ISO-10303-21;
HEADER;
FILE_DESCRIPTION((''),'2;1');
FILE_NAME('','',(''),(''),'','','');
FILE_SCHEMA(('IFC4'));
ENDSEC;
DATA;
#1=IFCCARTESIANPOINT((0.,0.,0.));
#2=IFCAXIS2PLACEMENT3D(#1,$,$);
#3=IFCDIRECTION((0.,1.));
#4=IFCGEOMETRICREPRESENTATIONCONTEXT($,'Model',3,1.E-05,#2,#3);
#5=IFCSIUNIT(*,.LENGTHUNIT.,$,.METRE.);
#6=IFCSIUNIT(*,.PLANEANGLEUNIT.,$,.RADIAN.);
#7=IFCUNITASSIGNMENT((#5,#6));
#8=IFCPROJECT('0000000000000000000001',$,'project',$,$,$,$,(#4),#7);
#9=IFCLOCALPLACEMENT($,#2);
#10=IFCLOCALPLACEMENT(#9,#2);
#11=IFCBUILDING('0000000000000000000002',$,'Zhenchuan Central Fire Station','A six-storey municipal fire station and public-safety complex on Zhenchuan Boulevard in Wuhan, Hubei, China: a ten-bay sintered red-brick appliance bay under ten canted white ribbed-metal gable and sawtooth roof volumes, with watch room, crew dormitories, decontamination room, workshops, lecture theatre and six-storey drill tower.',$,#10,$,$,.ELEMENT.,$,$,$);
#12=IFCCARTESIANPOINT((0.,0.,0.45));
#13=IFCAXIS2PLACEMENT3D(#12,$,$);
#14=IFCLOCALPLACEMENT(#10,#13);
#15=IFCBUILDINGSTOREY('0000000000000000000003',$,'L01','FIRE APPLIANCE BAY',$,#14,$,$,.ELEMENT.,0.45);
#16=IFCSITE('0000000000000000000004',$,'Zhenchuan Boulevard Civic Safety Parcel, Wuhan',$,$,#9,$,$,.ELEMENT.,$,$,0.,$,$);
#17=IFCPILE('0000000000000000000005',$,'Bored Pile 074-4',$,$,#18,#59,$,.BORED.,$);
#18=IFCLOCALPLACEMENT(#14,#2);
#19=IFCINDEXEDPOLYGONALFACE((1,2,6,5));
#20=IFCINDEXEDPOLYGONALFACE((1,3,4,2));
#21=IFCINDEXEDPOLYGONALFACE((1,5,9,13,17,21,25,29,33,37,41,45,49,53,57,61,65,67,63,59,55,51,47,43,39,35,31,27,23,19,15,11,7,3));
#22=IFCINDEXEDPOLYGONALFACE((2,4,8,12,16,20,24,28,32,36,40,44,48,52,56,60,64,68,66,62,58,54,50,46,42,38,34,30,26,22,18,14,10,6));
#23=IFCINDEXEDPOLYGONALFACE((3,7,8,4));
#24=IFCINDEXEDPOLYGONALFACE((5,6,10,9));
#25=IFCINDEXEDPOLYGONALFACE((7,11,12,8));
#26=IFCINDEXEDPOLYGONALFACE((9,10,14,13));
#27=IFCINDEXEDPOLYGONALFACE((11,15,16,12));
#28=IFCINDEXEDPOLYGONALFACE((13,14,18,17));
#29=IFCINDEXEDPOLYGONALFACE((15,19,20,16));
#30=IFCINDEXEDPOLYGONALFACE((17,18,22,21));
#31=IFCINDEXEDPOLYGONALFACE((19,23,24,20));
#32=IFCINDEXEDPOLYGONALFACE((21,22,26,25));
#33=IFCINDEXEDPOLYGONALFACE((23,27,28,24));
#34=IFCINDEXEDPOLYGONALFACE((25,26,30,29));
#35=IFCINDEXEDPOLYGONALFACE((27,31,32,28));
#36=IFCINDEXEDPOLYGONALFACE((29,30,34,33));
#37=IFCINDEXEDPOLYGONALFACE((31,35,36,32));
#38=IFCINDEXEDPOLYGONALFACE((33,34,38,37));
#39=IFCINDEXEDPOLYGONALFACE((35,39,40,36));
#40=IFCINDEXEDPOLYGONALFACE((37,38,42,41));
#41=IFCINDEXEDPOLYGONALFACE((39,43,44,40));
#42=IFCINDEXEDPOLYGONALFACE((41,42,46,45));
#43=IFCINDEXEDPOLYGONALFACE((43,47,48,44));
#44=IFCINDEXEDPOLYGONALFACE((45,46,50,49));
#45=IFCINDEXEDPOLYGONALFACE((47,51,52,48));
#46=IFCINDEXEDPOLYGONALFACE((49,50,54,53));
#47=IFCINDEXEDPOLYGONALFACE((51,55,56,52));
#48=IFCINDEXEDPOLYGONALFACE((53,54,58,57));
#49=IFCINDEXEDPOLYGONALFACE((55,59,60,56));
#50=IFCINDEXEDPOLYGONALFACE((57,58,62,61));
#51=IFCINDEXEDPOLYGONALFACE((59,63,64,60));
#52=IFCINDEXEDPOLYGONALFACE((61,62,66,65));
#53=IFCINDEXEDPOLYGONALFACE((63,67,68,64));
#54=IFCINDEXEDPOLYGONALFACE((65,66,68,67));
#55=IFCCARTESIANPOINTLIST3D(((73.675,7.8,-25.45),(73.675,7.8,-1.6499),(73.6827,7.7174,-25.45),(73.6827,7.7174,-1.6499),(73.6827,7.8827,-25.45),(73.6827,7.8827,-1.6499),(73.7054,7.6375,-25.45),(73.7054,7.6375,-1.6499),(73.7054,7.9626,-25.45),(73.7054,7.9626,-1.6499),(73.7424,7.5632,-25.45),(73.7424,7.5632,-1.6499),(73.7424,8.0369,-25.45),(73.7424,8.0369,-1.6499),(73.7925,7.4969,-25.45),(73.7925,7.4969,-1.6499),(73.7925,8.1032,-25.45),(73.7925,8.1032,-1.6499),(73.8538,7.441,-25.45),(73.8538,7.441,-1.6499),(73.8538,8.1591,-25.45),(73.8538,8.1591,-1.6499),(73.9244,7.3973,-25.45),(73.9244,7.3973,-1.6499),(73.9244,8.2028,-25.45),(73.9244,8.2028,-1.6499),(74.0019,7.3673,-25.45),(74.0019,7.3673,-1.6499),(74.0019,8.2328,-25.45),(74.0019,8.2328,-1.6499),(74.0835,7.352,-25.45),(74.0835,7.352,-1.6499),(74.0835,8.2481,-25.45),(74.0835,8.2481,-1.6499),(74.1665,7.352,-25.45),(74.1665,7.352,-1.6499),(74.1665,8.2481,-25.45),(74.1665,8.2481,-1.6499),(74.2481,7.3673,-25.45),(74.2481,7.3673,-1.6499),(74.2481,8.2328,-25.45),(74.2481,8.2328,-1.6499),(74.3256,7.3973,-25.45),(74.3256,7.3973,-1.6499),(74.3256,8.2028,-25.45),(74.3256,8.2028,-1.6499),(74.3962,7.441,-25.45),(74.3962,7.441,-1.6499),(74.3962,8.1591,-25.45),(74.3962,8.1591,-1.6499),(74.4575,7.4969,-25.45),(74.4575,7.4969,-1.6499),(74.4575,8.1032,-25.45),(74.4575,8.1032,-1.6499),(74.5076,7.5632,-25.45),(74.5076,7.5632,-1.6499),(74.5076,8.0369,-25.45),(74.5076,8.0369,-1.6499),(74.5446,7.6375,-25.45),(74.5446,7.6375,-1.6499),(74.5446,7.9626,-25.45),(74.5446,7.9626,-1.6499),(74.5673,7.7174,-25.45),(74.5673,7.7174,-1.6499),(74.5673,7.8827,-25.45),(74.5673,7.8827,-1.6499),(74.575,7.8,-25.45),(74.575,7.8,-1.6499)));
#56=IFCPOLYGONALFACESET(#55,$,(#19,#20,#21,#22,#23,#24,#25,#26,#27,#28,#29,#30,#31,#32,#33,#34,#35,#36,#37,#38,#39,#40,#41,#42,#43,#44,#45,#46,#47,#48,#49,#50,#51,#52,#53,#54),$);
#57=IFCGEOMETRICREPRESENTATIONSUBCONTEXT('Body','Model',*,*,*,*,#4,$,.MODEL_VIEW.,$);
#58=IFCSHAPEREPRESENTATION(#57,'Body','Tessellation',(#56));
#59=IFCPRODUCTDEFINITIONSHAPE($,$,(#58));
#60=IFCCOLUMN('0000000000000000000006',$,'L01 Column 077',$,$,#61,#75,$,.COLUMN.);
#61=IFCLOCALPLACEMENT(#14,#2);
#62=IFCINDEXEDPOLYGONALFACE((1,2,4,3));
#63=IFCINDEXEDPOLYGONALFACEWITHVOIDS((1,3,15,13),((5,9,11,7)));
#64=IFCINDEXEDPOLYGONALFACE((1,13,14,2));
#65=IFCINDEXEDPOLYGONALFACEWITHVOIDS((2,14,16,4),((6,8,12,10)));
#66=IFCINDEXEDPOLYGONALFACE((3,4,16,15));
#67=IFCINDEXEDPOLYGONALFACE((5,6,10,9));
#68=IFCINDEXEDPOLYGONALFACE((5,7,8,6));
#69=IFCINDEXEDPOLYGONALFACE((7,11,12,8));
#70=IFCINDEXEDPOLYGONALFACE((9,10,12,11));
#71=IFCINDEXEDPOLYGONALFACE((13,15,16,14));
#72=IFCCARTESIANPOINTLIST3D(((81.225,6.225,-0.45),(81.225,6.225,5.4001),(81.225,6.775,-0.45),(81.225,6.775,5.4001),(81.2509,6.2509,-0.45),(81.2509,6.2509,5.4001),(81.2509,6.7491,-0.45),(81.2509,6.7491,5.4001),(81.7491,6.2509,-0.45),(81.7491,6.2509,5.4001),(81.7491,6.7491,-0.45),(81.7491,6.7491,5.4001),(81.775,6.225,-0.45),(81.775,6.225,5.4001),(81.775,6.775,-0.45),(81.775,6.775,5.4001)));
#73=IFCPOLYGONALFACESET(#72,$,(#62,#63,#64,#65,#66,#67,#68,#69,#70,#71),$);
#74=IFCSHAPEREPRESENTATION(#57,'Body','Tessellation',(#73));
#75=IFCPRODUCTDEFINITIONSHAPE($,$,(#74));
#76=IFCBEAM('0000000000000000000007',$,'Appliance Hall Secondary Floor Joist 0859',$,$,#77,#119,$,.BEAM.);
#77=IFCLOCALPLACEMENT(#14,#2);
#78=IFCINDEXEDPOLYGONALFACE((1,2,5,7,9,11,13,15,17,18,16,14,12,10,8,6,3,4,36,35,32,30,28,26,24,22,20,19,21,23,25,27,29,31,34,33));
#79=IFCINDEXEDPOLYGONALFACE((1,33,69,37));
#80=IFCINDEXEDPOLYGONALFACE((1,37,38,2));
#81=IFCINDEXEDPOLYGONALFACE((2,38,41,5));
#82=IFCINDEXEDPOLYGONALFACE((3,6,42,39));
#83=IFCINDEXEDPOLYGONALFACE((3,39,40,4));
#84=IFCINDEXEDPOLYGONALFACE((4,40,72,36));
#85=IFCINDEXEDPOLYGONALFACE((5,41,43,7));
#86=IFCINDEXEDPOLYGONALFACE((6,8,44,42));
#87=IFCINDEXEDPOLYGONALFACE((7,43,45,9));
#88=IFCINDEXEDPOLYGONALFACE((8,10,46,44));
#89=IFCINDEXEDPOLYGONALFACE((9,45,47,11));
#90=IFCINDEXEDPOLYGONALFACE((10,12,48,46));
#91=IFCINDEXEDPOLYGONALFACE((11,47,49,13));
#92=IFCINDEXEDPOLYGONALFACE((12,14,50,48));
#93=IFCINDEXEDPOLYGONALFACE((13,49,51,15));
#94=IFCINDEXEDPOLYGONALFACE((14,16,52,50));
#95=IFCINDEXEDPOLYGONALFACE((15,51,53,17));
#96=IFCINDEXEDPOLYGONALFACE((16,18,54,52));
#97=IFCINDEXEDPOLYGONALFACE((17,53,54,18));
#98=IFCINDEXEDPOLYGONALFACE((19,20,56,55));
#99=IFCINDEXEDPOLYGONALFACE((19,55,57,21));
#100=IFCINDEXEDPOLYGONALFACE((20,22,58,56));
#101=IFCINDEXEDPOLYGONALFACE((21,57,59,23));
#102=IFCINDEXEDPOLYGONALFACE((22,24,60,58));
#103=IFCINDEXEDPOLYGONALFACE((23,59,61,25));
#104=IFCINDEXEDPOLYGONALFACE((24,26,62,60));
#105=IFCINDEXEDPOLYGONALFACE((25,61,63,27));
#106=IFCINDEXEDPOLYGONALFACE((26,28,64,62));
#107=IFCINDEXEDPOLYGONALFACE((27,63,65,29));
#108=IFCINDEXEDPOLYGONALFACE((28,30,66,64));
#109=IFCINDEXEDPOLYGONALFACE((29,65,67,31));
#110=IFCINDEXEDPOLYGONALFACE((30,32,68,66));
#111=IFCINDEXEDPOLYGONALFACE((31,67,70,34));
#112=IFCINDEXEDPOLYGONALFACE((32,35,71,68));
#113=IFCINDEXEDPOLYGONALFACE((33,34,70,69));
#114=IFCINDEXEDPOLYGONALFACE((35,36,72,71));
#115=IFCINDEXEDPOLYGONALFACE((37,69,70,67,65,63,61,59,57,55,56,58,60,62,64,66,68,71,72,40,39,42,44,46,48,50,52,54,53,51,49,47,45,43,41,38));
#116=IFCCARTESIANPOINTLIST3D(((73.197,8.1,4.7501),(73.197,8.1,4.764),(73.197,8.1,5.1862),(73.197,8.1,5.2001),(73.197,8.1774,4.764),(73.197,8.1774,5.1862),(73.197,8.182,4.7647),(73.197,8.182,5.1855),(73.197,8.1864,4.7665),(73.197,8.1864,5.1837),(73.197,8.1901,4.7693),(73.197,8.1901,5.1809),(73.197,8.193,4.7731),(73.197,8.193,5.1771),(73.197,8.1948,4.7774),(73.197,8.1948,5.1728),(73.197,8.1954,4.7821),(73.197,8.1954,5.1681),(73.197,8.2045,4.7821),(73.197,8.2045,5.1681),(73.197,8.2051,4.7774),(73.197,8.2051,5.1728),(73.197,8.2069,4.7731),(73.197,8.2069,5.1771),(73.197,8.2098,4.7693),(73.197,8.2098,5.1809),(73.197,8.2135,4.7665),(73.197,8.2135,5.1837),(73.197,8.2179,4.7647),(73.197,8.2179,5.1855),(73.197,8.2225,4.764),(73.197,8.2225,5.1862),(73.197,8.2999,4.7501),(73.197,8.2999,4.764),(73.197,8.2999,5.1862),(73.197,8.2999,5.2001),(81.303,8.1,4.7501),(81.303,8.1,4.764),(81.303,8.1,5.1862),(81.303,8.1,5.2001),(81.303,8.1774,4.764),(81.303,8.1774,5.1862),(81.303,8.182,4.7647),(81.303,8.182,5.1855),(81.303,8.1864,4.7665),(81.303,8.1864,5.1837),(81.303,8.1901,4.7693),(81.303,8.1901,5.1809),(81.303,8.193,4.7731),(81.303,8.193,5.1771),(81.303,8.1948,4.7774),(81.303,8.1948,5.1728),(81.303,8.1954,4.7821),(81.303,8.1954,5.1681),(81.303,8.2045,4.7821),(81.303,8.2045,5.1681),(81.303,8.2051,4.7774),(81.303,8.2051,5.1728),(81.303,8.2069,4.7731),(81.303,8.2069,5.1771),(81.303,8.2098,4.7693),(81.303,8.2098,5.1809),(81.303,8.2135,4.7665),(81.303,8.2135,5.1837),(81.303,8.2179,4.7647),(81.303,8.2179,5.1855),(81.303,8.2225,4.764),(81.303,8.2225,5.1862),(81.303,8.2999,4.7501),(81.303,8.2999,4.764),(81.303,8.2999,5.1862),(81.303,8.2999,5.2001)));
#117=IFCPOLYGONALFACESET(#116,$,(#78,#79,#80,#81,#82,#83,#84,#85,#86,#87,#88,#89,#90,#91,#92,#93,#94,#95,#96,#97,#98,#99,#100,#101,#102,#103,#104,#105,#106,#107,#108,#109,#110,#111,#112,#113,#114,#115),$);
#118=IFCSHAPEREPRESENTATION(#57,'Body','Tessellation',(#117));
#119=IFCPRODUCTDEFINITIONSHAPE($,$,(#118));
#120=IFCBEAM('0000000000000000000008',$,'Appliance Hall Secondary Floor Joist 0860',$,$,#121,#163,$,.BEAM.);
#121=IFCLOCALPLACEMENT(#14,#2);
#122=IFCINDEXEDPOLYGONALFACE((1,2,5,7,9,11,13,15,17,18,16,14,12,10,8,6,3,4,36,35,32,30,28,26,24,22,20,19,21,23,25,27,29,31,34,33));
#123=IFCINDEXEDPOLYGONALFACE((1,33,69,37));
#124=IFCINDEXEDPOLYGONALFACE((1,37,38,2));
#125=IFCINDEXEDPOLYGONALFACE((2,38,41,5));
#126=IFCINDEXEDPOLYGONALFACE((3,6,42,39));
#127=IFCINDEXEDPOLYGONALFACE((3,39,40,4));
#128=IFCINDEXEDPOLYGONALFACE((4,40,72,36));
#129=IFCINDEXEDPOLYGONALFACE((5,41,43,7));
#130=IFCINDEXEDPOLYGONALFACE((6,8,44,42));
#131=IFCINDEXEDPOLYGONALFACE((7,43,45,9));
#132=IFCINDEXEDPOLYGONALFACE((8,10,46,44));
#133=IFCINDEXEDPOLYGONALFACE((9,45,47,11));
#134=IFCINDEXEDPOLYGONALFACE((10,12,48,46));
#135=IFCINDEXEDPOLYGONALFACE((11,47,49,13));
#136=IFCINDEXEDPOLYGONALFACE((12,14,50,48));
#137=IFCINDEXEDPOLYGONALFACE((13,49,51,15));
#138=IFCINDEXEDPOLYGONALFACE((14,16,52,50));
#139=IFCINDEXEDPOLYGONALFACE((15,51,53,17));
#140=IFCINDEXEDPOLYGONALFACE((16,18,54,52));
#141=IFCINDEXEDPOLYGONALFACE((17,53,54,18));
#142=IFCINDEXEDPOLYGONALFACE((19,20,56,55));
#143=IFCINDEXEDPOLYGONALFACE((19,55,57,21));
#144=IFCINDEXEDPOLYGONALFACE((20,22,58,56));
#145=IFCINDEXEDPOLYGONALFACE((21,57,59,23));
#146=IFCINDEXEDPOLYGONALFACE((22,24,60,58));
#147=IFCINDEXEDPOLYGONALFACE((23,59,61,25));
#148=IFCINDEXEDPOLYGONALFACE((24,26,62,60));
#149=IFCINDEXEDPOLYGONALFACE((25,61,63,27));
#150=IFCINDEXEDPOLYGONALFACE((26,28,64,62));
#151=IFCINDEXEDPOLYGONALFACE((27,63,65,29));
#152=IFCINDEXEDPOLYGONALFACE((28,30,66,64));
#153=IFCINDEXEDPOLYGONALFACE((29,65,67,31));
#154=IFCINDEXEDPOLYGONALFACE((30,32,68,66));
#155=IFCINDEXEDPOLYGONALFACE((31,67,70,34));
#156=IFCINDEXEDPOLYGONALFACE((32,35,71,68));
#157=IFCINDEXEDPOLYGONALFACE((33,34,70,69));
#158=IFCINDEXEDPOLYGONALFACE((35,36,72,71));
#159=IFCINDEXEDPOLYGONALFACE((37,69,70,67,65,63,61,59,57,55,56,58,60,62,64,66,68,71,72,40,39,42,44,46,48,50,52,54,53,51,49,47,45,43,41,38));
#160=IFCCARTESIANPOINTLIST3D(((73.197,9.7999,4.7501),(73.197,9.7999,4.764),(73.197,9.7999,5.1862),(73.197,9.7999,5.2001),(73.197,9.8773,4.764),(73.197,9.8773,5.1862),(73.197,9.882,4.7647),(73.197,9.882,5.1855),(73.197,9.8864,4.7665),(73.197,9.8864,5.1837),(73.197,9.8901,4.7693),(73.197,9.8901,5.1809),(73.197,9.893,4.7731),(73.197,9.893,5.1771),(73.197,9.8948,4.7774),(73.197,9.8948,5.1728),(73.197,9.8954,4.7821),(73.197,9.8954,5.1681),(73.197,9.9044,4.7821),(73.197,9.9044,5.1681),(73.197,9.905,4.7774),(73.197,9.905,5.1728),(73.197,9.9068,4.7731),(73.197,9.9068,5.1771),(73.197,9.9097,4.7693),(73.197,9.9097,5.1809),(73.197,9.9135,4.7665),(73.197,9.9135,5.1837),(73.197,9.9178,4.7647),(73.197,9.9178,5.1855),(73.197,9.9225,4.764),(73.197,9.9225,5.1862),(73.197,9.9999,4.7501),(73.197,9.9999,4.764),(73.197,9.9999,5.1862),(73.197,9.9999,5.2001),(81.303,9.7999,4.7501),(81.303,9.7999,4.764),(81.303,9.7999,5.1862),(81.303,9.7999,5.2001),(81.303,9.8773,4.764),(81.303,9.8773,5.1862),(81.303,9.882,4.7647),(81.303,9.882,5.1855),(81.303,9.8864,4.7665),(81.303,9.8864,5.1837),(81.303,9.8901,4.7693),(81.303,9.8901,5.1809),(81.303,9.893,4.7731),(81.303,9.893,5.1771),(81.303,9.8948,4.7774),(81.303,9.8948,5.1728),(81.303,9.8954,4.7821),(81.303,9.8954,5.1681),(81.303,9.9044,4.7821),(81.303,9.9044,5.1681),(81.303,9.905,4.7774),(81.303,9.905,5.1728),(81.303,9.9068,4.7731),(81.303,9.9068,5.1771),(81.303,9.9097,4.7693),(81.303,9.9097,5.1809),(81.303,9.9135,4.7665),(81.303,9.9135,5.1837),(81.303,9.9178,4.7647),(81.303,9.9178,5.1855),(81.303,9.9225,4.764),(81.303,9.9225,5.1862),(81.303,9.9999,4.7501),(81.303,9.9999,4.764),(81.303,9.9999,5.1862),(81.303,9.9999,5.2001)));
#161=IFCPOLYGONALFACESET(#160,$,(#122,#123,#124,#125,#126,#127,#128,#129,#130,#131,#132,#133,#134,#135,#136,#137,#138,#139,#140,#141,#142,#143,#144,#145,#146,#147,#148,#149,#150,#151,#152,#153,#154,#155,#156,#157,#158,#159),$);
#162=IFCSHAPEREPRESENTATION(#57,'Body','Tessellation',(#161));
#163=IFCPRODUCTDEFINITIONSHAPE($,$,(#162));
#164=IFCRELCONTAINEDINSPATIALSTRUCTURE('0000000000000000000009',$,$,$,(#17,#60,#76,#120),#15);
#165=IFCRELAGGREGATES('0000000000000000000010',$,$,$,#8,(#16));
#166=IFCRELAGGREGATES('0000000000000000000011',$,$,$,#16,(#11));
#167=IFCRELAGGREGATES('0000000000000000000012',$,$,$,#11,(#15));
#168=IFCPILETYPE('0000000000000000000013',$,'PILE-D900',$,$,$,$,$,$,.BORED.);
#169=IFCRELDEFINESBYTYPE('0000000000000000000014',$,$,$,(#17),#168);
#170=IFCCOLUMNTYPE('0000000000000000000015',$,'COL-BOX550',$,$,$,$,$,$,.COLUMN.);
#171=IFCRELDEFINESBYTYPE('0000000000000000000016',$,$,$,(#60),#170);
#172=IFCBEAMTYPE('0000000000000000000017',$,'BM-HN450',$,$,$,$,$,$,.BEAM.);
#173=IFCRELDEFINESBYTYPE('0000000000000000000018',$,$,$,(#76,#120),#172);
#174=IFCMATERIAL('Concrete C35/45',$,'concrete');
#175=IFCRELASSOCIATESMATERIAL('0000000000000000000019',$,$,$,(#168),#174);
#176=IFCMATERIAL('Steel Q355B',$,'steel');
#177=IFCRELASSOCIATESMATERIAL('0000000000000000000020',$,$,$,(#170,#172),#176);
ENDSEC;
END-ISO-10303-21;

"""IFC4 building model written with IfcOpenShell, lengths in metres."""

from ifc_helpers import new_model, si_unit, direction, frame, origin, origin_2d, place, context, subcontext, project, spatial, hollow_rectangle, circle, i_section, extrude, material, material_profile, profile_set, type_object, element, save


model = new_model("IFC4")

# Units and contexts
model_context = context("Model", 3, precision=1e-05, world=origin(), true_north=direction((0.0, 1.0)))
body_context = subcontext(model_context, "Body", "Model", "MODEL_VIEW")
ifc_project = project(units=[si_unit("LENGTHUNIT", "METRE"), si_unit("PLANEANGLEUNIT", "RADIAN")], contexts=[model_context])

# Site, building, storey
site_placement = place(None, origin())
site = spatial("IfcSite", under=ifc_project, at=site_placement, Name="Zhenchuan Boulevard Civic Safety Parcel, Wuhan", CompositionType="ELEMENT", RefElevation=0.0)
building_placement = place(site_placement, origin())
building = spatial("IfcBuilding", under=site, at=building_placement, Name="Zhenchuan Central Fire Station", Description="A six-storey municipal fire station and public-safety complex on Zhenchuan Boulevard in Wuhan, Hubei, China: a ten-bay sintered red-brick appliance bay under ten canted white ribbed-metal gable and sawtooth roof volumes, with watch room, crew dormitories, decontamination room, workshops, lecture theatre and six-storey drill tower.", CompositionType="ELEMENT")
storey_placement = place(building_placement, frame((0.0, 0.0, 0.45)))
storey = spatial("IfcBuildingStorey", under=building, at=storey_placement, Name="L01", Description="FIRE APPLIANCE BAY", CompositionType="ELEMENT", Elevation=0.45)

# Pile
ifc_material_1 = material(Name="Concrete C35/45", Category="concrete")
ifc_material_profile_1 = material_profile(ifc_material_1, circle(Radius=0.45, at=origin_2d()), Name="PILE D900")
ifc_profile_set_1 = profile_set([ifc_material_profile_1], Name="Concrete C35/45")
pile_type_1 = type_object("IfcPileType", Name="PILE-D900", PredefinedType="BORED", material=ifc_profile_set_1)
for number, where, z_axis, x_axis, name in (
    (1, (74.125, 7.8, -1.6499), (0.0, 0.0, -1.0), (1.0, 0.0, 0.0), "Bored Pile 074-4"),
):
    element("IfcPile", number, at=place(storey_placement, frame(where, z_axis=z_axis, x_axis=x_axis)), inside=storey, type_object=pile_type_1, Name=name, PredefinedType="BORED", context=body_context, shape_type="SweptSolid", body=[
        extrude(circle(Radius=0.45, at=origin_2d()), origin(), (0.0, 0.0, 1.0), 23.8),
    ])

# Column
ifc_material_2 = material(Name="Steel Q355B", Category="steel")
ifc_material_profile_2 = material_profile(ifc_material_2, hollow_rectangle(XDim=0.55, YDim=0.55, WallThickness=0.0259, at=origin_2d()), Name="BOX 550x550x26")
ifc_profile_set_2 = profile_set([ifc_material_profile_2], Name="Steel Q355B")
column_type = type_object("IfcColumnType", Name="COL-BOX550", PredefinedType="COLUMN", material=ifc_profile_set_2)
column_placement = place(storey_placement, frame((81.5, 6.5, -0.45), z_axis=(0.0, 0.0, 1.0), x_axis=(1.0, 0.0, 0.0)))
element("IfcColumn", 2, at=column_placement, inside=storey, type_object=column_type, Name="L01 Column 077", PredefinedType="COLUMN", context=body_context, shape_type="SweptSolid", body=[
    extrude(hollow_rectangle(XDim=0.55, YDim=0.55, WallThickness=0.0259, at=origin_2d()), origin(), (0.0, 0.0, 1.0), 5.8501),
])

# Beams
ifc_material_profile_3 = material_profile(ifc_material_2, i_section(OverallWidth=0.2, OverallDepth=0.45, WebThickness=0.009, FlangeThickness=0.0139, FilletRadius=0.0181, at=origin_2d()), Name="HN 450x200")
ifc_profile_set_3 = profile_set([ifc_material_profile_3], Name="Steel Q355B")
beam_type_1 = type_object("IfcBeamType", Name="BM-HN450", PredefinedType="BEAM", material=ifc_profile_set_3)
for number, where, z_axis, x_axis, name in (
    (3, (73.197, 8.2, 4.9751), (1.0, 0.0, 0.0), (0.0, 1.0, 0.0), "Appliance Hall Secondary Floor Joist 0859"),
    (4, (73.197, 9.8999, 4.9751), (1.0, 0.0, 0.0), (0.0, 1.0, 0.0), "Appliance Hall Secondary Floor Joist 0860"),
):
    element("IfcBeam", number, at=place(storey_placement, frame(where, z_axis=z_axis, x_axis=x_axis)), inside=storey, type_object=beam_type_1, Name=name, PredefinedType="BEAM", context=body_context, shape_type="SweptSolid", body=[
        extrude(i_section(OverallWidth=0.2, OverallDepth=0.45, WebThickness=0.009, FlangeThickness=0.0139, FilletRadius=0.0181, at=origin_2d()), origin(), (0.0, 0.0, 1.0), 8.106),
    ])

save(model, "model.ifc")
